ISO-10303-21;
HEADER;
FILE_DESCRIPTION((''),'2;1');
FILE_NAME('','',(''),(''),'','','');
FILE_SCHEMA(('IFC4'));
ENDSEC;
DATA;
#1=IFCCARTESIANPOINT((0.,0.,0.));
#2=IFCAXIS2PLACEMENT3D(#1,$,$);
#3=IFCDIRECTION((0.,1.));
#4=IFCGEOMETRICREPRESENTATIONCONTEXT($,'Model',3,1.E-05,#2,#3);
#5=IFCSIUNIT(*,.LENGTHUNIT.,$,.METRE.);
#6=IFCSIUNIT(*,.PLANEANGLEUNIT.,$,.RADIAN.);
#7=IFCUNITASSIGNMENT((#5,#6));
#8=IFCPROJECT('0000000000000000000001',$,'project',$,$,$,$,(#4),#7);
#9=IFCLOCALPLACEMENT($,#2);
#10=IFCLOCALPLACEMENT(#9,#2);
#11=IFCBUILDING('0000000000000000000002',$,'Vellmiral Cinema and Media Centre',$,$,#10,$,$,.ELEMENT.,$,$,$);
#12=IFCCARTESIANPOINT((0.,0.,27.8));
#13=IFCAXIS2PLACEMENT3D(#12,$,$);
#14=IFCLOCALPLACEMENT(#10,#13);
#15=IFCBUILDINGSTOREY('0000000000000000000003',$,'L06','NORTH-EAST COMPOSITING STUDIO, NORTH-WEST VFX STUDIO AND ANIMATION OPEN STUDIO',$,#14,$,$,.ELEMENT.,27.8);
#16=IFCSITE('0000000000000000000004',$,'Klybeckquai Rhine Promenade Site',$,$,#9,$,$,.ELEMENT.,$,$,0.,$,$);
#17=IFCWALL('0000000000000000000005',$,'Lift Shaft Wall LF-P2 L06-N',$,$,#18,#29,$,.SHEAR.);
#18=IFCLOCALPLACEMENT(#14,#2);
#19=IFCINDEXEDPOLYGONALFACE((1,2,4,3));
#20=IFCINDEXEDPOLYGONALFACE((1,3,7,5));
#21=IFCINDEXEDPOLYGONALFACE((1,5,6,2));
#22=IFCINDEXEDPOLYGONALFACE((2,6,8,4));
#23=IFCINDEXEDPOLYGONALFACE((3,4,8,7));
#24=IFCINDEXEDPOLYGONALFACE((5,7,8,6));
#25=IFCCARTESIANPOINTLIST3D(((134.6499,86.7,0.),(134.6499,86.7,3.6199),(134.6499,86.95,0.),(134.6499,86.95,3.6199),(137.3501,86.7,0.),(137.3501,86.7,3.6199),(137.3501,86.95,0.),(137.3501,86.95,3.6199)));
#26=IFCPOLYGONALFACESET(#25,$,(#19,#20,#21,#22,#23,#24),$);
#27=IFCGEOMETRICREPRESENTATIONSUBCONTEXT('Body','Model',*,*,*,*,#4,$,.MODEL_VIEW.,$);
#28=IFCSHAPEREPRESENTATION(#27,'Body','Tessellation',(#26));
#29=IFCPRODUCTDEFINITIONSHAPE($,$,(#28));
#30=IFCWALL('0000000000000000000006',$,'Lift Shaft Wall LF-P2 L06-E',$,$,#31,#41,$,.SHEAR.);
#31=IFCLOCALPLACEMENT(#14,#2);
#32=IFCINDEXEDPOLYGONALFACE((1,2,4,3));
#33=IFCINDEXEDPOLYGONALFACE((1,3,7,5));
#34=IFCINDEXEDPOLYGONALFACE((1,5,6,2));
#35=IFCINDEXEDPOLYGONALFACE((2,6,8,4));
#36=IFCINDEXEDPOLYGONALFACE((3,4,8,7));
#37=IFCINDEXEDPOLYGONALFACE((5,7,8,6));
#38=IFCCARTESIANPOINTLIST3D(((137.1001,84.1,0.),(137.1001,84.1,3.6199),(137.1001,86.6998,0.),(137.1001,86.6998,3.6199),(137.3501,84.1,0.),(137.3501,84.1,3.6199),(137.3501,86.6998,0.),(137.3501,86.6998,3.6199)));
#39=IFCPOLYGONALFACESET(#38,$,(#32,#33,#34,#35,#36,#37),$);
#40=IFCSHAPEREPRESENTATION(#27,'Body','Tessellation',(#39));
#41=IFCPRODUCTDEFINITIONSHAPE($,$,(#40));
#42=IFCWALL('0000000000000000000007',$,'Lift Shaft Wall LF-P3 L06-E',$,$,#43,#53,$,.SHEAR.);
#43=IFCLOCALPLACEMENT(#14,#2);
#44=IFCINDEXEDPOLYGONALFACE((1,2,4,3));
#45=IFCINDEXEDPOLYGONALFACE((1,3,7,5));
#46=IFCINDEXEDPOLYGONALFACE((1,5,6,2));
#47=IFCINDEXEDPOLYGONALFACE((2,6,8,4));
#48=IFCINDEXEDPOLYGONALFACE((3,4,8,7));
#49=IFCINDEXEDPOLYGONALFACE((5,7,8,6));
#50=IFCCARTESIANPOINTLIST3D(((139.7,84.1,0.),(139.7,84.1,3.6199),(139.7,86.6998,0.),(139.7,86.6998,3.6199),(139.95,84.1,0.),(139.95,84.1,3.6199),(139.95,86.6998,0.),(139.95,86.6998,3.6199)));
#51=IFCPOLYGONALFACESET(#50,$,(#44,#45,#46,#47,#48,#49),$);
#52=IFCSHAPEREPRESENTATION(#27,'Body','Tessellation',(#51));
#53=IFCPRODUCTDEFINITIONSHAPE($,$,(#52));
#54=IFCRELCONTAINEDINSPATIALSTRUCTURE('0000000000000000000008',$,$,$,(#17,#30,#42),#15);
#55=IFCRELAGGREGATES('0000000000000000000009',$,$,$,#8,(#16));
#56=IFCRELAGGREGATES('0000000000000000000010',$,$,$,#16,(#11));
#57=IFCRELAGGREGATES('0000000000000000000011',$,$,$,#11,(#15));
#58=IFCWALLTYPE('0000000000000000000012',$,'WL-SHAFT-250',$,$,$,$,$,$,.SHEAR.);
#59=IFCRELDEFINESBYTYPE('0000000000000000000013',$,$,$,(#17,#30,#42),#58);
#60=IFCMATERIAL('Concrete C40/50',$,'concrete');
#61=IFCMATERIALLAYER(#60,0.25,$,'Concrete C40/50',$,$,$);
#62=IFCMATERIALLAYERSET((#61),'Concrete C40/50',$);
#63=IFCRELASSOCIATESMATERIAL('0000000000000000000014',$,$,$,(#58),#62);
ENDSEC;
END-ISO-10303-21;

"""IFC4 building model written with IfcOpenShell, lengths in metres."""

from ifc_helpers import new_model, si_unit, direction, frame, frame_2d, origin, place, context, subcontext, project, spatial, rectangle, extrude, material, layer, layer_set, type_object, element, save


model = new_model("IFC4")

# Units and contexts
model_context = context("Model", 3, precision=1e-05, world=origin(), true_north=direction((0.0, 1.0)))
body_context = subcontext(model_context, "Body", "Model", "MODEL_VIEW")
ifc_project = project(units=[si_unit("LENGTHUNIT", "METRE"), si_unit("PLANEANGLEUNIT", "RADIAN")], contexts=[model_context])

# Site, building, storey
site_placement = place(None, origin())
site = spatial("IfcSite", under=ifc_project, at=site_placement, Name="Klybeckquai Rhine Promenade Site", CompositionType="ELEMENT", RefElevation=0.0)
building_placement = place(site_placement, origin())
building = spatial("IfcBuilding", under=site, at=building_placement, Name="Vellmiral Cinema and Media Centre", CompositionType="ELEMENT")
storey_placement = place(building_placement, frame((0.0, 0.0, 27.8)))
storey = spatial("IfcBuildingStorey", under=building, at=storey_placement, Name="L06", Description="NORTH-EAST COMPOSITING STUDIO, NORTH-WEST VFX STUDIO AND ANIMATION OPEN STUDIO", CompositionType="ELEMENT", Elevation=27.8)

# Shared definitions
ifc_material_1 = material(Name="Concrete C40/50", Category="concrete")
ifc_layer_1 = layer(ifc_material_1, 0.25, Name="Concrete C40/50")
ifc_layer_set_1 = layer_set([ifc_layer_1], Name="Concrete C40/50")
wall_type_1 = type_object("IfcWallType", Name="WL-SHAFT-250", PredefinedType="SHEAR", material=ifc_layer_set_1)

# Walls
wall_1_placement = place(storey_placement, frame((134.6499, 86.825, 0.0), z_axis=(0.0, 0.0, 1.0), x_axis=(1.0, 0.0, 0.0)))
element("IfcWall", 1, at=wall_1_placement, inside=storey, type_object=wall_type_1, Name="Lift Shaft Wall LF-P2 L06-N", PredefinedType="SHEAR", context=body_context, shape_type="SweptSolid", body=[
    extrude(rectangle(XDim=2.7002, YDim=0.25, at=frame_2d((1.3501, 0.0))), origin(), (0.0, 0.0, 1.0), 3.6199),
])
wall_2_placement = place(storey_placement, frame((137.2251, 84.1001, 0.0), z_axis=(0.0, 0.0, 1.0), x_axis=(0.0, 1.0, 0.0)))
element("IfcWall", 2, at=wall_2_placement, inside=storey, type_object=wall_type_1, Name="Lift Shaft Wall LF-P2 L06-E", PredefinedType="SHEAR", context=body_context, shape_type="SweptSolid", body=[
    extrude(rectangle(XDim=2.5999, YDim=0.25, at=frame_2d((1.2998, 0.0))), origin(), (0.0, 0.0, 1.0), 3.6199),
])

# Wall
wall_3_placement = place(storey_placement, frame((139.825, 84.1001, 0.0), z_axis=(0.0, 0.0, 1.0), x_axis=(0.0, 1.0, 0.0)))
element("IfcWall", 3, at=wall_3_placement, inside=storey, type_object=wall_type_1, Name="Lift Shaft Wall LF-P3 L06-E", PredefinedType="SHEAR", context=body_context, shape_type="SweptSolid", body=[
    extrude(rectangle(XDim=2.5999, YDim=0.25, at=frame_2d((1.2998, 0.0))), origin(), (0.0, 0.0, 1.0), 3.6199),
])

save(model, "model.ifc")
